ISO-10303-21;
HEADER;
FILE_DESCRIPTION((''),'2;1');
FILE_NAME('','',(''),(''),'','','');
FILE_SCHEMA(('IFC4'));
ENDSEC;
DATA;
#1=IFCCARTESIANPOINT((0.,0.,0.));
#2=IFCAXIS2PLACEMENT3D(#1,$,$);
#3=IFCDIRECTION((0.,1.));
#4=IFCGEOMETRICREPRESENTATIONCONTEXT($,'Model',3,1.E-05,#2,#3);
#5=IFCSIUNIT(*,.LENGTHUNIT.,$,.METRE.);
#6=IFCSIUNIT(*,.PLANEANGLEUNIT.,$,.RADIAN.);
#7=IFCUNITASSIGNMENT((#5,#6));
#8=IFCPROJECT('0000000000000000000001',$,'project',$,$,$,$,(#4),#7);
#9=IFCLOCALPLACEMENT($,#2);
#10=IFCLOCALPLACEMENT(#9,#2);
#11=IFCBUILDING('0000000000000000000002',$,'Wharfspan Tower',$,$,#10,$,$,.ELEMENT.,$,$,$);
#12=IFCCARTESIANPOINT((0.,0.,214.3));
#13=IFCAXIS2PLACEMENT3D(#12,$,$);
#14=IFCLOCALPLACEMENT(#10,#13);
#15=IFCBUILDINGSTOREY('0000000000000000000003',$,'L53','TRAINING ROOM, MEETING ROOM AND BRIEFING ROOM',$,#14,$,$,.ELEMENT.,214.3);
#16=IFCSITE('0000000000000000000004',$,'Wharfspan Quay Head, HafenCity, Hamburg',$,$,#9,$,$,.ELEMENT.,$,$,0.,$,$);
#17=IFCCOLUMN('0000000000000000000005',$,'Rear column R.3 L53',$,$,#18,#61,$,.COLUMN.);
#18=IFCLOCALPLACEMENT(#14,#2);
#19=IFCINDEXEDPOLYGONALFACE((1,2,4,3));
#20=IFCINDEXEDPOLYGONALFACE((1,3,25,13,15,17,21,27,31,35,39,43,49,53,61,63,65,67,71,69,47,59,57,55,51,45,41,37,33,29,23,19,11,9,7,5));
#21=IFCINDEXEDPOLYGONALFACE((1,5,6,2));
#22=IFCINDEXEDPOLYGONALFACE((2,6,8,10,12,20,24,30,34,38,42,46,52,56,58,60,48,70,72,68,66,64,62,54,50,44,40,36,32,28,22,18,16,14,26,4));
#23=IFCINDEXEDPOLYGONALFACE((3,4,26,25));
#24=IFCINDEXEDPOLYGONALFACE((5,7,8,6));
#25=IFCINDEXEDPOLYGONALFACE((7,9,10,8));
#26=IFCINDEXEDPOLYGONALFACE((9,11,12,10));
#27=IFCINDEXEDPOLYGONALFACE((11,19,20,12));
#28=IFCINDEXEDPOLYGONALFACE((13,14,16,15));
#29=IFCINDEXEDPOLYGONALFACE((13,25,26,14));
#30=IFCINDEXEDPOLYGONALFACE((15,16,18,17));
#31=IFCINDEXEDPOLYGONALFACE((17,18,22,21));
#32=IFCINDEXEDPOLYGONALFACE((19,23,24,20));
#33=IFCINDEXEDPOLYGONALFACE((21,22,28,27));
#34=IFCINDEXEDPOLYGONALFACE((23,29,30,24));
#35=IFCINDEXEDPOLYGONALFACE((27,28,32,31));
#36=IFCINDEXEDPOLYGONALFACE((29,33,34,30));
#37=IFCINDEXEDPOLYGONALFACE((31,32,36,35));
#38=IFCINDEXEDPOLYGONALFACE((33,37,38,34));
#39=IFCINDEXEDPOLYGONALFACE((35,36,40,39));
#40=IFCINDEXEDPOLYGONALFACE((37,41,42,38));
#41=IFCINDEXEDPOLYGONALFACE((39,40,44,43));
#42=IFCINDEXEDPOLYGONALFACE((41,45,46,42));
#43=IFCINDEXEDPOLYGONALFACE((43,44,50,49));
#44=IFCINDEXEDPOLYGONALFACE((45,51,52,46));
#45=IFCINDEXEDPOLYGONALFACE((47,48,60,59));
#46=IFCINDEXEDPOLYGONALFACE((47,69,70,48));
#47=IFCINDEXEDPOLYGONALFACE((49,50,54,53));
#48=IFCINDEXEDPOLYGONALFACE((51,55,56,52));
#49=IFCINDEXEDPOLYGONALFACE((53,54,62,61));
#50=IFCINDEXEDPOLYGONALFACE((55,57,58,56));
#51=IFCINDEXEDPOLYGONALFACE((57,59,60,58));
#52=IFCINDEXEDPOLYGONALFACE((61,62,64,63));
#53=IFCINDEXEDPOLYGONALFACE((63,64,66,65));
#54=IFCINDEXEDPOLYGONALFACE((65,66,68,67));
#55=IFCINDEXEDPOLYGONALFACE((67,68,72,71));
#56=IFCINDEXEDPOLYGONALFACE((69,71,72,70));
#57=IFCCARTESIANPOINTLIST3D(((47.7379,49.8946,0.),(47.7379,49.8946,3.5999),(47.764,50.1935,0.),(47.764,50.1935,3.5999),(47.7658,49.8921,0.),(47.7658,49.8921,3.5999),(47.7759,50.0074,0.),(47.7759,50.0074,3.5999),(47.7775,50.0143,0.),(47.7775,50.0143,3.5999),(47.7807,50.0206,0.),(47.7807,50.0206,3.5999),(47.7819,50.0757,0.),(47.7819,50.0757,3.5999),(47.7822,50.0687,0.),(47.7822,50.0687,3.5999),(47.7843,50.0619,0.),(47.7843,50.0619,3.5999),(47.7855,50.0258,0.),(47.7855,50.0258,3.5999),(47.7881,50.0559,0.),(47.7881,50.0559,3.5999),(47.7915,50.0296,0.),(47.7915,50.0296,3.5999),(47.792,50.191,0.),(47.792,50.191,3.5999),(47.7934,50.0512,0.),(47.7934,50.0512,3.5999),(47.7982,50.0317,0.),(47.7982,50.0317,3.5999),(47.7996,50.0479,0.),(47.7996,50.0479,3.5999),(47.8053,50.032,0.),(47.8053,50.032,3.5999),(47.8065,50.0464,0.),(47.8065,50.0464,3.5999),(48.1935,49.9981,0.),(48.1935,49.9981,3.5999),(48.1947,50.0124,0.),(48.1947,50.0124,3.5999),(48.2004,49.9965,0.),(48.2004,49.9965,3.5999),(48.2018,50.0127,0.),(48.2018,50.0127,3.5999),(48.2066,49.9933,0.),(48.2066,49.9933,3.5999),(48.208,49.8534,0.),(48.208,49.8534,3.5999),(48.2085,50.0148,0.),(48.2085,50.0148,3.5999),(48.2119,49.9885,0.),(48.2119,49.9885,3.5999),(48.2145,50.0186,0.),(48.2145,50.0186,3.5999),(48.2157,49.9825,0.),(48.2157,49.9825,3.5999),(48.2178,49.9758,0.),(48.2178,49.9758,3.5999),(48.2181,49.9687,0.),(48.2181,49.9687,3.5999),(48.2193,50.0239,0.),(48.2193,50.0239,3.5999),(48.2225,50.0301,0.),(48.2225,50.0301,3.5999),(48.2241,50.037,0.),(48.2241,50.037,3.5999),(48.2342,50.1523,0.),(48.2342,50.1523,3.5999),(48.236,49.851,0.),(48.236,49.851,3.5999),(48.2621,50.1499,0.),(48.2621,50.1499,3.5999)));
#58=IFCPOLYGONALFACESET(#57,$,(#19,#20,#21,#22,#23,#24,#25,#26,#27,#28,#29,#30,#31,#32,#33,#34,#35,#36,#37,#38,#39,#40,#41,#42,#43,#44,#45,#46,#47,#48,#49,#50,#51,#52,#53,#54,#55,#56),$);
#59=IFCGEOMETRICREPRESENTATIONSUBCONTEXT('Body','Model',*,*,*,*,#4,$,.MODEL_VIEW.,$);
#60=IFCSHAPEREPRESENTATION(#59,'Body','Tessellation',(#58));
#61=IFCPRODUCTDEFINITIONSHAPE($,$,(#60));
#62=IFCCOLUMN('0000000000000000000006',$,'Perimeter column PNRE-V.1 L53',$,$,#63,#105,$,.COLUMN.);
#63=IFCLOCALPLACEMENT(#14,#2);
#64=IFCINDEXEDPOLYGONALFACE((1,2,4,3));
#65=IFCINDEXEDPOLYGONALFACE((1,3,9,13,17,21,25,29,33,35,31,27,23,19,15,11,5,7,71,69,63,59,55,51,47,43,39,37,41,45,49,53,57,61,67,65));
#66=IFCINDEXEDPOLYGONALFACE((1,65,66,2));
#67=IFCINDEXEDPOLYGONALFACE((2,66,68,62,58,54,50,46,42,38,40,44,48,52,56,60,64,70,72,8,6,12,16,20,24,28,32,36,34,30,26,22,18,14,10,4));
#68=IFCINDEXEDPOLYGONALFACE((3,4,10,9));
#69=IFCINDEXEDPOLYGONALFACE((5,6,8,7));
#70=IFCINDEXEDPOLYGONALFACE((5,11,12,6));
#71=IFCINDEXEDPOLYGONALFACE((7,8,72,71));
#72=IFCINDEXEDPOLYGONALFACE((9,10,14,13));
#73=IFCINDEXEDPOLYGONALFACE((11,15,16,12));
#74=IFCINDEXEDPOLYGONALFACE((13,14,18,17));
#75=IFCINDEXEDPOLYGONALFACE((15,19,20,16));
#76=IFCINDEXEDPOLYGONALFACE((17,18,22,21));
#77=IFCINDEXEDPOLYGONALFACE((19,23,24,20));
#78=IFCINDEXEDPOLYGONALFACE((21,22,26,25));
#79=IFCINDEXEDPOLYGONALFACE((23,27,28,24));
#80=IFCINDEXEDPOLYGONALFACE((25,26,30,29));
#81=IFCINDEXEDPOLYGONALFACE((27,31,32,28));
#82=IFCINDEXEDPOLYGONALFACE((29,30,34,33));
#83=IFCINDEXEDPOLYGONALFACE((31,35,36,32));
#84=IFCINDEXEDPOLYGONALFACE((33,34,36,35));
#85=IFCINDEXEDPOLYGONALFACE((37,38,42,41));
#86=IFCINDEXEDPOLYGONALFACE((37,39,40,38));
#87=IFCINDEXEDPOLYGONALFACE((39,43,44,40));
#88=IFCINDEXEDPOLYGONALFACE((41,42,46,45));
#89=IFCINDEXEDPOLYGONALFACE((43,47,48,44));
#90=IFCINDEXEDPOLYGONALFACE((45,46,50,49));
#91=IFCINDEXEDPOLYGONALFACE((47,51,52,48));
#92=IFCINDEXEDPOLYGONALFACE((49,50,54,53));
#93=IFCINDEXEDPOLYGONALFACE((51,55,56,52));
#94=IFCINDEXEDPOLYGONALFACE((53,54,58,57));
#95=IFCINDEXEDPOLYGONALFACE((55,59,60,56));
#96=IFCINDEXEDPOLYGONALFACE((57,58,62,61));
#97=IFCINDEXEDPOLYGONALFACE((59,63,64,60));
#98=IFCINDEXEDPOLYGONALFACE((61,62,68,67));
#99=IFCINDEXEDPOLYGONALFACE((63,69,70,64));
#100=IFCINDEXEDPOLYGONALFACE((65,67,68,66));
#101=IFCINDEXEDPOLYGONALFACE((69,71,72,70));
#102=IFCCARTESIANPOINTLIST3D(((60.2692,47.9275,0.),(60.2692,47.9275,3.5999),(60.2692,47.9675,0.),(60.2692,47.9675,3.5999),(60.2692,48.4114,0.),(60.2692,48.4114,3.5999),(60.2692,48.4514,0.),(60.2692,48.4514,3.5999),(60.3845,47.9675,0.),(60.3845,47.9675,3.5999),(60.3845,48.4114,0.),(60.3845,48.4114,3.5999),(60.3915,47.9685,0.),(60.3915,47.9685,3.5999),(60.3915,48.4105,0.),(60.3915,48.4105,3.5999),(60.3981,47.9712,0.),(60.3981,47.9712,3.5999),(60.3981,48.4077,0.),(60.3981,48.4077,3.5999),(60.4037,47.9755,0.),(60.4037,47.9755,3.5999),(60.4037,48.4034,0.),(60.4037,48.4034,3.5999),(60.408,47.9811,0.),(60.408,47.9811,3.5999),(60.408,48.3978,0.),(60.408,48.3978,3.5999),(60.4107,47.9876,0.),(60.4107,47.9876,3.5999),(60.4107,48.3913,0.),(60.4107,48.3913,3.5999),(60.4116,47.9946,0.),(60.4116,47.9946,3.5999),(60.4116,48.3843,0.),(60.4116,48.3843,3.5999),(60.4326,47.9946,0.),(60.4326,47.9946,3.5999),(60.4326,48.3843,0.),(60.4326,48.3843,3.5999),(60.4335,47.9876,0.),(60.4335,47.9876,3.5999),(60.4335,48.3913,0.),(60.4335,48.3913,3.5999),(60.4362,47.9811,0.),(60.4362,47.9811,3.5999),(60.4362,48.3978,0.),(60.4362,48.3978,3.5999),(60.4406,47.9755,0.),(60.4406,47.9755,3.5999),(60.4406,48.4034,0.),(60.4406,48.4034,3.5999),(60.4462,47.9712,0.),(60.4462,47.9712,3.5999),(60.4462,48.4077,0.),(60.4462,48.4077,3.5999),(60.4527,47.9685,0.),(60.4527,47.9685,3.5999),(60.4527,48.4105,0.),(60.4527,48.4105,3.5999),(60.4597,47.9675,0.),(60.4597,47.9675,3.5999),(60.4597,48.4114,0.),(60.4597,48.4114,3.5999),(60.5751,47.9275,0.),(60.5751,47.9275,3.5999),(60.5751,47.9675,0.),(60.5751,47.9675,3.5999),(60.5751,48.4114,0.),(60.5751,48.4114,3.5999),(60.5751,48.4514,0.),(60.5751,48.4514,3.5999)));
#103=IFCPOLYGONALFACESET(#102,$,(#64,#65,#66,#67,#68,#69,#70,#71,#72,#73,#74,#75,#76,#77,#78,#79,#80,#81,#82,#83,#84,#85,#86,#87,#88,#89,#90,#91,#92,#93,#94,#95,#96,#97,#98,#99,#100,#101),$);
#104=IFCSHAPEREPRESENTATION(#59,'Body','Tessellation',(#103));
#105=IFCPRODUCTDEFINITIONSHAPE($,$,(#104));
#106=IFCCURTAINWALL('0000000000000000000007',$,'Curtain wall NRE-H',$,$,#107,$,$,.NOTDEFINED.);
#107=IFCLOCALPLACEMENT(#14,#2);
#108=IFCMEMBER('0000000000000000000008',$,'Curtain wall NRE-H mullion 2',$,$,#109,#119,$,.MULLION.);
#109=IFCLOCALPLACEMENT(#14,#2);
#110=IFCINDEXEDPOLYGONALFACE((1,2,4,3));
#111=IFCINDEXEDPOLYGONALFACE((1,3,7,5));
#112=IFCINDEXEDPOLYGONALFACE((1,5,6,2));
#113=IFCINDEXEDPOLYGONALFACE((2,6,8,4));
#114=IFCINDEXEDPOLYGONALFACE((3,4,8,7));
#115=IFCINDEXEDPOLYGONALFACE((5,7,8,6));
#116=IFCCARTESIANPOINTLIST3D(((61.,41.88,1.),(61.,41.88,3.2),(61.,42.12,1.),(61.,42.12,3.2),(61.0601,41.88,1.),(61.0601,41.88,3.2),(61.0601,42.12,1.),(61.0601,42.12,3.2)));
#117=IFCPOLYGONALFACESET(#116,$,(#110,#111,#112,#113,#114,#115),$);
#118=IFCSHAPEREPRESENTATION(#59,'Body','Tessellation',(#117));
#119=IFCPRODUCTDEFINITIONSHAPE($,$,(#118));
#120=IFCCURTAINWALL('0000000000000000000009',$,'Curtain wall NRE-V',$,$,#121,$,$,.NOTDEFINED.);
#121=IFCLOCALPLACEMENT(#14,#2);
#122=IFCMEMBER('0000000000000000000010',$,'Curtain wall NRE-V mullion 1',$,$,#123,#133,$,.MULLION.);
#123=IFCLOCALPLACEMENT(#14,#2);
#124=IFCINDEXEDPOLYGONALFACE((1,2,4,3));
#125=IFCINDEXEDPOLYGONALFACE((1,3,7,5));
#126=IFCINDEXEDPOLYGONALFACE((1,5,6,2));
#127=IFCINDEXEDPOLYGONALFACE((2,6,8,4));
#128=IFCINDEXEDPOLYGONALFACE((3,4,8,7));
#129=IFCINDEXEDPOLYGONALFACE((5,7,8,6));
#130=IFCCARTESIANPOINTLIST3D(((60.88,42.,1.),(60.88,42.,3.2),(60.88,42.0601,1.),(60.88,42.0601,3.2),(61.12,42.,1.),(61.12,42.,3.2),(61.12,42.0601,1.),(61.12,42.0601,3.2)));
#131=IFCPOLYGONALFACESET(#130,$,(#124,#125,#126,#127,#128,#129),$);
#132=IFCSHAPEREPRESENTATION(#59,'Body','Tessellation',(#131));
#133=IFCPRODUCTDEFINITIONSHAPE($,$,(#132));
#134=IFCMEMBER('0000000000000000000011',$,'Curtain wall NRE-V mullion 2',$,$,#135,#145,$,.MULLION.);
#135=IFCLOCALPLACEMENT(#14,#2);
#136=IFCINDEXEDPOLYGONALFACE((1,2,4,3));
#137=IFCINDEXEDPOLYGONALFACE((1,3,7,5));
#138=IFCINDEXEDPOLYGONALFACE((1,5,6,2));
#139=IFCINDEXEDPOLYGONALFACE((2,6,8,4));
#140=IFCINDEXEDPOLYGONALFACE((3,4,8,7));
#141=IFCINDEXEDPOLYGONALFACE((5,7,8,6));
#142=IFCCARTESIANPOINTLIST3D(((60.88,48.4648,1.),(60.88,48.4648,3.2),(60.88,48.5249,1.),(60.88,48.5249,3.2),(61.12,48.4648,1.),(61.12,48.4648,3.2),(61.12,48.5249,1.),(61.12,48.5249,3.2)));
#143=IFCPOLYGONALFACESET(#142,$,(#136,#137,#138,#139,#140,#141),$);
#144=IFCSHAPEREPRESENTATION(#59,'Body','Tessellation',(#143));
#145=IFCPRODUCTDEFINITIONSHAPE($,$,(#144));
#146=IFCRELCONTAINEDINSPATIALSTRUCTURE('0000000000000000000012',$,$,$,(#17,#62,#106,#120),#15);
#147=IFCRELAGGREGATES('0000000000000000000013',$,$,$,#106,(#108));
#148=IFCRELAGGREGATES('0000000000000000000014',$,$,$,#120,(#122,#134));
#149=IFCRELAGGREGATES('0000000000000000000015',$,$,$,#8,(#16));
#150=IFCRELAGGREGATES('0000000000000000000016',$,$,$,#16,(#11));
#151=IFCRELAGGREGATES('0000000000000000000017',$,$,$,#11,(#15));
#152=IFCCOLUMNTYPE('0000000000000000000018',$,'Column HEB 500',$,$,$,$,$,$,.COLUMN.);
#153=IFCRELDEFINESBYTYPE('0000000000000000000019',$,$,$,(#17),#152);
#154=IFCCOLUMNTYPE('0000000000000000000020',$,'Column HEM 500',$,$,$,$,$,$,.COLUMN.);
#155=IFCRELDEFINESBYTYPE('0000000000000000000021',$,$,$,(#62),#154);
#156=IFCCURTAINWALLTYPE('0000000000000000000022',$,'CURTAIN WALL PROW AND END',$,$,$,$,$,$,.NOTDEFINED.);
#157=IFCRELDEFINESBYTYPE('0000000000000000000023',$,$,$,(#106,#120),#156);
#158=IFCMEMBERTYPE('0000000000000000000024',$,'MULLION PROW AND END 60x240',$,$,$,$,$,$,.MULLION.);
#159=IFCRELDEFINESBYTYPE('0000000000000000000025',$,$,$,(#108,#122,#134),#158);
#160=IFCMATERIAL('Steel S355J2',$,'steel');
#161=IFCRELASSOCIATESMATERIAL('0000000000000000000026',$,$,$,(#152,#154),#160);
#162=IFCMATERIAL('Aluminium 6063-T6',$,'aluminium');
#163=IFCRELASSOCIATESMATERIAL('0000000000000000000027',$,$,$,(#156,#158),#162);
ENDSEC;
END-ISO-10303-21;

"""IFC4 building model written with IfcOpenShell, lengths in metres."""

from ifc_helpers import new_model, si_unit, direction, frame, origin, origin_2d, place, context, subcontext, project, spatial, rectangle, i_section, extrude, material, material_profile, profile_set, type_object, element, aggregate, save


model = new_model("IFC4")

# Units and contexts
model_context = context("Model", 3, precision=1e-05, world=origin(), true_north=direction((0.0, 1.0)))
body_context = subcontext(model_context, "Body", "Model", "MODEL_VIEW")
ifc_project = project(units=[si_unit("LENGTHUNIT", "METRE"), si_unit("PLANEANGLEUNIT", "RADIAN")], contexts=[model_context])

# Site, building, storey
site_placement = place(None, origin())
site = spatial("IfcSite", under=ifc_project, at=site_placement, Name="Wharfspan Quay Head, HafenCity, Hamburg", CompositionType="ELEMENT", RefElevation=0.0)
building_placement = place(site_placement, origin())
building = spatial("IfcBuilding", under=site, at=building_placement, Name="Wharfspan Tower", CompositionType="ELEMENT")
storey_placement = place(building_placement, frame((0.0, 0.0, 214.3)))
storey = spatial("IfcBuildingStorey", under=building, at=storey_placement, Name="L53", Description="TRAINING ROOM, MEETING ROOM AND BRIEFING ROOM", CompositionType="ELEMENT", Elevation=214.3)

# Columns
ifc_material_1 = material(Name="Steel S355J2", Category="steel")
ifc_material_profile_1 = material_profile(ifc_material_1, i_section(OverallWidth=0.3, OverallDepth=0.5, WebThickness=0.0144, FlangeThickness=0.0281, FilletRadius=0.0271, at=origin_2d()))
ifc_profile_set_1 = profile_set([ifc_material_profile_1], Name="Steel S355J2")
column_type_1 = type_object("IfcColumnType", Name="Column HEB 500", PredefinedType="COLUMN", material=ifc_profile_set_1)
column_1_placement = place(storey_placement, frame((48.0, 50.0222, 0.0), z_axis=(0.0, 0.0, 1.0), x_axis=(0.087156, 0.996197, 0.0)))
element("IfcColumn", 1, at=column_1_placement, inside=storey, type_object=column_type_1, Name="Rear column R.3 L53", PredefinedType="COLUMN", context=body_context, shape_type="SweptSolid", body=[
    extrude(i_section(OverallWidth=0.3, OverallDepth=0.5, WebThickness=0.0144, FlangeThickness=0.0281, FilletRadius=0.0271, at=origin_2d()), origin(), (0.0, 0.0, 1.0), 3.5999),
])
ifc_material_profile_2 = material_profile(ifc_material_1, i_section(OverallWidth=0.3059, OverallDepth=0.5239, WebThickness=0.021, FlangeThickness=0.04, FilletRadius=0.0271, at=origin_2d()))
ifc_profile_set_2 = profile_set([ifc_material_profile_2], Name="Steel S355J2")
column_type_2 = type_object("IfcColumnType", Name="Column HEM 500", PredefinedType="COLUMN", material=ifc_profile_set_2)
column_2_placement = place(storey_placement, frame((60.4221, 48.1895, 0.0), z_axis=(0.0, 0.0, 1.0), x_axis=(1.0, 0.0, 0.0)))
element("IfcColumn", 2, at=column_2_placement, inside=storey, type_object=column_type_2, Name="Perimeter column PNRE-V.1 L53", PredefinedType="COLUMN", context=body_context, shape_type="SweptSolid", body=[
    extrude(i_section(OverallWidth=0.3059, OverallDepth=0.5239, WebThickness=0.021, FlangeThickness=0.04, FilletRadius=0.0271, at=origin_2d()), origin(), (0.0, 0.0, 1.0), 3.5999),
])

# Curtain wall, member
ifc_material_2 = material(Name="Aluminium 6063-T6", Category="aluminium")
curtain_wall_type = type_object("IfcCurtainWallType", Name="CURTAIN WALL PROW AND END", PredefinedType="NOTDEFINED", material=ifc_material_2)
curtain_wall_1_placement = place(storey_placement, origin())
curtain_wall_1 = element("IfcCurtainWall", 3, at=curtain_wall_1_placement, inside=storey, type_object=curtain_wall_type, Name="Curtain wall NRE-H", PredefinedType="NOTDEFINED")
ifc_material_profile_3 = material_profile(ifc_material_2, rectangle(XDim=0.24, YDim=0.0601, at=origin_2d()))
ifc_profile_set_3 = profile_set([ifc_material_profile_3], Name="Aluminium 6063-T6")
member_type_1 = type_object("IfcMemberType", Name="MULLION PROW AND END 60x240", PredefinedType="MULLION", material=ifc_profile_set_3)
member_1_placement = place(storey_placement, frame((61.03, 42.0, 1.0), z_axis=(0.0, 0.0, 1.0), x_axis=(0.0, -1.0, 0.0)))
member_1 = element("IfcMember", 4, at=member_1_placement, type_object=member_type_1, Name="Curtain wall NRE-H mullion 2", PredefinedType="MULLION", context=body_context, shape_type="SweptSolid", body=[
    extrude(rectangle(XDim=0.24, YDim=0.0601, at=origin_2d()), origin(), (0.0, 0.0, 1.0), 2.2),
])

# Curtain wall, members
curtain_wall_2_placement = place(storey_placement, origin())
curtain_wall_2 = element("IfcCurtainWall", 5, at=curtain_wall_2_placement, inside=storey, type_object=curtain_wall_type, Name="Curtain wall NRE-V", PredefinedType="NOTDEFINED")
member_2_placement = place(storey_placement, frame((61.0, 42.03, 1.0), z_axis=(0.0, 0.0, 1.0), x_axis=(-1.0, 0.0, 0.0)))
member_2 = element("IfcMember", 6, at=member_2_placement, type_object=member_type_1, Name="Curtain wall NRE-V mullion 1", PredefinedType="MULLION", context=body_context, shape_type="SweptSolid", body=[
    extrude(rectangle(XDim=0.24, YDim=0.0601, at=origin_2d()), origin(), (0.0, 0.0, 1.0), 2.2),
])
member_3_placement = place(storey_placement, frame((61.0, 48.4949, 1.0), z_axis=(0.0, 0.0, 1.0), x_axis=(-1.0, 0.0, 0.0)))
member_3 = element("IfcMember", 7, at=member_3_placement, type_object=member_type_1, Name="Curtain wall NRE-V mullion 2", PredefinedType="MULLION", context=body_context, shape_type="SweptSolid", body=[
    extrude(rectangle(XDim=0.24, YDim=0.0601, at=origin_2d()), origin(), (0.0, 0.0, 1.0), 2.2),
])

aggregate(curtain_wall_1, [member_1])
aggregate(curtain_wall_2, [member_2, member_3])

save(model, "model.ifc")
